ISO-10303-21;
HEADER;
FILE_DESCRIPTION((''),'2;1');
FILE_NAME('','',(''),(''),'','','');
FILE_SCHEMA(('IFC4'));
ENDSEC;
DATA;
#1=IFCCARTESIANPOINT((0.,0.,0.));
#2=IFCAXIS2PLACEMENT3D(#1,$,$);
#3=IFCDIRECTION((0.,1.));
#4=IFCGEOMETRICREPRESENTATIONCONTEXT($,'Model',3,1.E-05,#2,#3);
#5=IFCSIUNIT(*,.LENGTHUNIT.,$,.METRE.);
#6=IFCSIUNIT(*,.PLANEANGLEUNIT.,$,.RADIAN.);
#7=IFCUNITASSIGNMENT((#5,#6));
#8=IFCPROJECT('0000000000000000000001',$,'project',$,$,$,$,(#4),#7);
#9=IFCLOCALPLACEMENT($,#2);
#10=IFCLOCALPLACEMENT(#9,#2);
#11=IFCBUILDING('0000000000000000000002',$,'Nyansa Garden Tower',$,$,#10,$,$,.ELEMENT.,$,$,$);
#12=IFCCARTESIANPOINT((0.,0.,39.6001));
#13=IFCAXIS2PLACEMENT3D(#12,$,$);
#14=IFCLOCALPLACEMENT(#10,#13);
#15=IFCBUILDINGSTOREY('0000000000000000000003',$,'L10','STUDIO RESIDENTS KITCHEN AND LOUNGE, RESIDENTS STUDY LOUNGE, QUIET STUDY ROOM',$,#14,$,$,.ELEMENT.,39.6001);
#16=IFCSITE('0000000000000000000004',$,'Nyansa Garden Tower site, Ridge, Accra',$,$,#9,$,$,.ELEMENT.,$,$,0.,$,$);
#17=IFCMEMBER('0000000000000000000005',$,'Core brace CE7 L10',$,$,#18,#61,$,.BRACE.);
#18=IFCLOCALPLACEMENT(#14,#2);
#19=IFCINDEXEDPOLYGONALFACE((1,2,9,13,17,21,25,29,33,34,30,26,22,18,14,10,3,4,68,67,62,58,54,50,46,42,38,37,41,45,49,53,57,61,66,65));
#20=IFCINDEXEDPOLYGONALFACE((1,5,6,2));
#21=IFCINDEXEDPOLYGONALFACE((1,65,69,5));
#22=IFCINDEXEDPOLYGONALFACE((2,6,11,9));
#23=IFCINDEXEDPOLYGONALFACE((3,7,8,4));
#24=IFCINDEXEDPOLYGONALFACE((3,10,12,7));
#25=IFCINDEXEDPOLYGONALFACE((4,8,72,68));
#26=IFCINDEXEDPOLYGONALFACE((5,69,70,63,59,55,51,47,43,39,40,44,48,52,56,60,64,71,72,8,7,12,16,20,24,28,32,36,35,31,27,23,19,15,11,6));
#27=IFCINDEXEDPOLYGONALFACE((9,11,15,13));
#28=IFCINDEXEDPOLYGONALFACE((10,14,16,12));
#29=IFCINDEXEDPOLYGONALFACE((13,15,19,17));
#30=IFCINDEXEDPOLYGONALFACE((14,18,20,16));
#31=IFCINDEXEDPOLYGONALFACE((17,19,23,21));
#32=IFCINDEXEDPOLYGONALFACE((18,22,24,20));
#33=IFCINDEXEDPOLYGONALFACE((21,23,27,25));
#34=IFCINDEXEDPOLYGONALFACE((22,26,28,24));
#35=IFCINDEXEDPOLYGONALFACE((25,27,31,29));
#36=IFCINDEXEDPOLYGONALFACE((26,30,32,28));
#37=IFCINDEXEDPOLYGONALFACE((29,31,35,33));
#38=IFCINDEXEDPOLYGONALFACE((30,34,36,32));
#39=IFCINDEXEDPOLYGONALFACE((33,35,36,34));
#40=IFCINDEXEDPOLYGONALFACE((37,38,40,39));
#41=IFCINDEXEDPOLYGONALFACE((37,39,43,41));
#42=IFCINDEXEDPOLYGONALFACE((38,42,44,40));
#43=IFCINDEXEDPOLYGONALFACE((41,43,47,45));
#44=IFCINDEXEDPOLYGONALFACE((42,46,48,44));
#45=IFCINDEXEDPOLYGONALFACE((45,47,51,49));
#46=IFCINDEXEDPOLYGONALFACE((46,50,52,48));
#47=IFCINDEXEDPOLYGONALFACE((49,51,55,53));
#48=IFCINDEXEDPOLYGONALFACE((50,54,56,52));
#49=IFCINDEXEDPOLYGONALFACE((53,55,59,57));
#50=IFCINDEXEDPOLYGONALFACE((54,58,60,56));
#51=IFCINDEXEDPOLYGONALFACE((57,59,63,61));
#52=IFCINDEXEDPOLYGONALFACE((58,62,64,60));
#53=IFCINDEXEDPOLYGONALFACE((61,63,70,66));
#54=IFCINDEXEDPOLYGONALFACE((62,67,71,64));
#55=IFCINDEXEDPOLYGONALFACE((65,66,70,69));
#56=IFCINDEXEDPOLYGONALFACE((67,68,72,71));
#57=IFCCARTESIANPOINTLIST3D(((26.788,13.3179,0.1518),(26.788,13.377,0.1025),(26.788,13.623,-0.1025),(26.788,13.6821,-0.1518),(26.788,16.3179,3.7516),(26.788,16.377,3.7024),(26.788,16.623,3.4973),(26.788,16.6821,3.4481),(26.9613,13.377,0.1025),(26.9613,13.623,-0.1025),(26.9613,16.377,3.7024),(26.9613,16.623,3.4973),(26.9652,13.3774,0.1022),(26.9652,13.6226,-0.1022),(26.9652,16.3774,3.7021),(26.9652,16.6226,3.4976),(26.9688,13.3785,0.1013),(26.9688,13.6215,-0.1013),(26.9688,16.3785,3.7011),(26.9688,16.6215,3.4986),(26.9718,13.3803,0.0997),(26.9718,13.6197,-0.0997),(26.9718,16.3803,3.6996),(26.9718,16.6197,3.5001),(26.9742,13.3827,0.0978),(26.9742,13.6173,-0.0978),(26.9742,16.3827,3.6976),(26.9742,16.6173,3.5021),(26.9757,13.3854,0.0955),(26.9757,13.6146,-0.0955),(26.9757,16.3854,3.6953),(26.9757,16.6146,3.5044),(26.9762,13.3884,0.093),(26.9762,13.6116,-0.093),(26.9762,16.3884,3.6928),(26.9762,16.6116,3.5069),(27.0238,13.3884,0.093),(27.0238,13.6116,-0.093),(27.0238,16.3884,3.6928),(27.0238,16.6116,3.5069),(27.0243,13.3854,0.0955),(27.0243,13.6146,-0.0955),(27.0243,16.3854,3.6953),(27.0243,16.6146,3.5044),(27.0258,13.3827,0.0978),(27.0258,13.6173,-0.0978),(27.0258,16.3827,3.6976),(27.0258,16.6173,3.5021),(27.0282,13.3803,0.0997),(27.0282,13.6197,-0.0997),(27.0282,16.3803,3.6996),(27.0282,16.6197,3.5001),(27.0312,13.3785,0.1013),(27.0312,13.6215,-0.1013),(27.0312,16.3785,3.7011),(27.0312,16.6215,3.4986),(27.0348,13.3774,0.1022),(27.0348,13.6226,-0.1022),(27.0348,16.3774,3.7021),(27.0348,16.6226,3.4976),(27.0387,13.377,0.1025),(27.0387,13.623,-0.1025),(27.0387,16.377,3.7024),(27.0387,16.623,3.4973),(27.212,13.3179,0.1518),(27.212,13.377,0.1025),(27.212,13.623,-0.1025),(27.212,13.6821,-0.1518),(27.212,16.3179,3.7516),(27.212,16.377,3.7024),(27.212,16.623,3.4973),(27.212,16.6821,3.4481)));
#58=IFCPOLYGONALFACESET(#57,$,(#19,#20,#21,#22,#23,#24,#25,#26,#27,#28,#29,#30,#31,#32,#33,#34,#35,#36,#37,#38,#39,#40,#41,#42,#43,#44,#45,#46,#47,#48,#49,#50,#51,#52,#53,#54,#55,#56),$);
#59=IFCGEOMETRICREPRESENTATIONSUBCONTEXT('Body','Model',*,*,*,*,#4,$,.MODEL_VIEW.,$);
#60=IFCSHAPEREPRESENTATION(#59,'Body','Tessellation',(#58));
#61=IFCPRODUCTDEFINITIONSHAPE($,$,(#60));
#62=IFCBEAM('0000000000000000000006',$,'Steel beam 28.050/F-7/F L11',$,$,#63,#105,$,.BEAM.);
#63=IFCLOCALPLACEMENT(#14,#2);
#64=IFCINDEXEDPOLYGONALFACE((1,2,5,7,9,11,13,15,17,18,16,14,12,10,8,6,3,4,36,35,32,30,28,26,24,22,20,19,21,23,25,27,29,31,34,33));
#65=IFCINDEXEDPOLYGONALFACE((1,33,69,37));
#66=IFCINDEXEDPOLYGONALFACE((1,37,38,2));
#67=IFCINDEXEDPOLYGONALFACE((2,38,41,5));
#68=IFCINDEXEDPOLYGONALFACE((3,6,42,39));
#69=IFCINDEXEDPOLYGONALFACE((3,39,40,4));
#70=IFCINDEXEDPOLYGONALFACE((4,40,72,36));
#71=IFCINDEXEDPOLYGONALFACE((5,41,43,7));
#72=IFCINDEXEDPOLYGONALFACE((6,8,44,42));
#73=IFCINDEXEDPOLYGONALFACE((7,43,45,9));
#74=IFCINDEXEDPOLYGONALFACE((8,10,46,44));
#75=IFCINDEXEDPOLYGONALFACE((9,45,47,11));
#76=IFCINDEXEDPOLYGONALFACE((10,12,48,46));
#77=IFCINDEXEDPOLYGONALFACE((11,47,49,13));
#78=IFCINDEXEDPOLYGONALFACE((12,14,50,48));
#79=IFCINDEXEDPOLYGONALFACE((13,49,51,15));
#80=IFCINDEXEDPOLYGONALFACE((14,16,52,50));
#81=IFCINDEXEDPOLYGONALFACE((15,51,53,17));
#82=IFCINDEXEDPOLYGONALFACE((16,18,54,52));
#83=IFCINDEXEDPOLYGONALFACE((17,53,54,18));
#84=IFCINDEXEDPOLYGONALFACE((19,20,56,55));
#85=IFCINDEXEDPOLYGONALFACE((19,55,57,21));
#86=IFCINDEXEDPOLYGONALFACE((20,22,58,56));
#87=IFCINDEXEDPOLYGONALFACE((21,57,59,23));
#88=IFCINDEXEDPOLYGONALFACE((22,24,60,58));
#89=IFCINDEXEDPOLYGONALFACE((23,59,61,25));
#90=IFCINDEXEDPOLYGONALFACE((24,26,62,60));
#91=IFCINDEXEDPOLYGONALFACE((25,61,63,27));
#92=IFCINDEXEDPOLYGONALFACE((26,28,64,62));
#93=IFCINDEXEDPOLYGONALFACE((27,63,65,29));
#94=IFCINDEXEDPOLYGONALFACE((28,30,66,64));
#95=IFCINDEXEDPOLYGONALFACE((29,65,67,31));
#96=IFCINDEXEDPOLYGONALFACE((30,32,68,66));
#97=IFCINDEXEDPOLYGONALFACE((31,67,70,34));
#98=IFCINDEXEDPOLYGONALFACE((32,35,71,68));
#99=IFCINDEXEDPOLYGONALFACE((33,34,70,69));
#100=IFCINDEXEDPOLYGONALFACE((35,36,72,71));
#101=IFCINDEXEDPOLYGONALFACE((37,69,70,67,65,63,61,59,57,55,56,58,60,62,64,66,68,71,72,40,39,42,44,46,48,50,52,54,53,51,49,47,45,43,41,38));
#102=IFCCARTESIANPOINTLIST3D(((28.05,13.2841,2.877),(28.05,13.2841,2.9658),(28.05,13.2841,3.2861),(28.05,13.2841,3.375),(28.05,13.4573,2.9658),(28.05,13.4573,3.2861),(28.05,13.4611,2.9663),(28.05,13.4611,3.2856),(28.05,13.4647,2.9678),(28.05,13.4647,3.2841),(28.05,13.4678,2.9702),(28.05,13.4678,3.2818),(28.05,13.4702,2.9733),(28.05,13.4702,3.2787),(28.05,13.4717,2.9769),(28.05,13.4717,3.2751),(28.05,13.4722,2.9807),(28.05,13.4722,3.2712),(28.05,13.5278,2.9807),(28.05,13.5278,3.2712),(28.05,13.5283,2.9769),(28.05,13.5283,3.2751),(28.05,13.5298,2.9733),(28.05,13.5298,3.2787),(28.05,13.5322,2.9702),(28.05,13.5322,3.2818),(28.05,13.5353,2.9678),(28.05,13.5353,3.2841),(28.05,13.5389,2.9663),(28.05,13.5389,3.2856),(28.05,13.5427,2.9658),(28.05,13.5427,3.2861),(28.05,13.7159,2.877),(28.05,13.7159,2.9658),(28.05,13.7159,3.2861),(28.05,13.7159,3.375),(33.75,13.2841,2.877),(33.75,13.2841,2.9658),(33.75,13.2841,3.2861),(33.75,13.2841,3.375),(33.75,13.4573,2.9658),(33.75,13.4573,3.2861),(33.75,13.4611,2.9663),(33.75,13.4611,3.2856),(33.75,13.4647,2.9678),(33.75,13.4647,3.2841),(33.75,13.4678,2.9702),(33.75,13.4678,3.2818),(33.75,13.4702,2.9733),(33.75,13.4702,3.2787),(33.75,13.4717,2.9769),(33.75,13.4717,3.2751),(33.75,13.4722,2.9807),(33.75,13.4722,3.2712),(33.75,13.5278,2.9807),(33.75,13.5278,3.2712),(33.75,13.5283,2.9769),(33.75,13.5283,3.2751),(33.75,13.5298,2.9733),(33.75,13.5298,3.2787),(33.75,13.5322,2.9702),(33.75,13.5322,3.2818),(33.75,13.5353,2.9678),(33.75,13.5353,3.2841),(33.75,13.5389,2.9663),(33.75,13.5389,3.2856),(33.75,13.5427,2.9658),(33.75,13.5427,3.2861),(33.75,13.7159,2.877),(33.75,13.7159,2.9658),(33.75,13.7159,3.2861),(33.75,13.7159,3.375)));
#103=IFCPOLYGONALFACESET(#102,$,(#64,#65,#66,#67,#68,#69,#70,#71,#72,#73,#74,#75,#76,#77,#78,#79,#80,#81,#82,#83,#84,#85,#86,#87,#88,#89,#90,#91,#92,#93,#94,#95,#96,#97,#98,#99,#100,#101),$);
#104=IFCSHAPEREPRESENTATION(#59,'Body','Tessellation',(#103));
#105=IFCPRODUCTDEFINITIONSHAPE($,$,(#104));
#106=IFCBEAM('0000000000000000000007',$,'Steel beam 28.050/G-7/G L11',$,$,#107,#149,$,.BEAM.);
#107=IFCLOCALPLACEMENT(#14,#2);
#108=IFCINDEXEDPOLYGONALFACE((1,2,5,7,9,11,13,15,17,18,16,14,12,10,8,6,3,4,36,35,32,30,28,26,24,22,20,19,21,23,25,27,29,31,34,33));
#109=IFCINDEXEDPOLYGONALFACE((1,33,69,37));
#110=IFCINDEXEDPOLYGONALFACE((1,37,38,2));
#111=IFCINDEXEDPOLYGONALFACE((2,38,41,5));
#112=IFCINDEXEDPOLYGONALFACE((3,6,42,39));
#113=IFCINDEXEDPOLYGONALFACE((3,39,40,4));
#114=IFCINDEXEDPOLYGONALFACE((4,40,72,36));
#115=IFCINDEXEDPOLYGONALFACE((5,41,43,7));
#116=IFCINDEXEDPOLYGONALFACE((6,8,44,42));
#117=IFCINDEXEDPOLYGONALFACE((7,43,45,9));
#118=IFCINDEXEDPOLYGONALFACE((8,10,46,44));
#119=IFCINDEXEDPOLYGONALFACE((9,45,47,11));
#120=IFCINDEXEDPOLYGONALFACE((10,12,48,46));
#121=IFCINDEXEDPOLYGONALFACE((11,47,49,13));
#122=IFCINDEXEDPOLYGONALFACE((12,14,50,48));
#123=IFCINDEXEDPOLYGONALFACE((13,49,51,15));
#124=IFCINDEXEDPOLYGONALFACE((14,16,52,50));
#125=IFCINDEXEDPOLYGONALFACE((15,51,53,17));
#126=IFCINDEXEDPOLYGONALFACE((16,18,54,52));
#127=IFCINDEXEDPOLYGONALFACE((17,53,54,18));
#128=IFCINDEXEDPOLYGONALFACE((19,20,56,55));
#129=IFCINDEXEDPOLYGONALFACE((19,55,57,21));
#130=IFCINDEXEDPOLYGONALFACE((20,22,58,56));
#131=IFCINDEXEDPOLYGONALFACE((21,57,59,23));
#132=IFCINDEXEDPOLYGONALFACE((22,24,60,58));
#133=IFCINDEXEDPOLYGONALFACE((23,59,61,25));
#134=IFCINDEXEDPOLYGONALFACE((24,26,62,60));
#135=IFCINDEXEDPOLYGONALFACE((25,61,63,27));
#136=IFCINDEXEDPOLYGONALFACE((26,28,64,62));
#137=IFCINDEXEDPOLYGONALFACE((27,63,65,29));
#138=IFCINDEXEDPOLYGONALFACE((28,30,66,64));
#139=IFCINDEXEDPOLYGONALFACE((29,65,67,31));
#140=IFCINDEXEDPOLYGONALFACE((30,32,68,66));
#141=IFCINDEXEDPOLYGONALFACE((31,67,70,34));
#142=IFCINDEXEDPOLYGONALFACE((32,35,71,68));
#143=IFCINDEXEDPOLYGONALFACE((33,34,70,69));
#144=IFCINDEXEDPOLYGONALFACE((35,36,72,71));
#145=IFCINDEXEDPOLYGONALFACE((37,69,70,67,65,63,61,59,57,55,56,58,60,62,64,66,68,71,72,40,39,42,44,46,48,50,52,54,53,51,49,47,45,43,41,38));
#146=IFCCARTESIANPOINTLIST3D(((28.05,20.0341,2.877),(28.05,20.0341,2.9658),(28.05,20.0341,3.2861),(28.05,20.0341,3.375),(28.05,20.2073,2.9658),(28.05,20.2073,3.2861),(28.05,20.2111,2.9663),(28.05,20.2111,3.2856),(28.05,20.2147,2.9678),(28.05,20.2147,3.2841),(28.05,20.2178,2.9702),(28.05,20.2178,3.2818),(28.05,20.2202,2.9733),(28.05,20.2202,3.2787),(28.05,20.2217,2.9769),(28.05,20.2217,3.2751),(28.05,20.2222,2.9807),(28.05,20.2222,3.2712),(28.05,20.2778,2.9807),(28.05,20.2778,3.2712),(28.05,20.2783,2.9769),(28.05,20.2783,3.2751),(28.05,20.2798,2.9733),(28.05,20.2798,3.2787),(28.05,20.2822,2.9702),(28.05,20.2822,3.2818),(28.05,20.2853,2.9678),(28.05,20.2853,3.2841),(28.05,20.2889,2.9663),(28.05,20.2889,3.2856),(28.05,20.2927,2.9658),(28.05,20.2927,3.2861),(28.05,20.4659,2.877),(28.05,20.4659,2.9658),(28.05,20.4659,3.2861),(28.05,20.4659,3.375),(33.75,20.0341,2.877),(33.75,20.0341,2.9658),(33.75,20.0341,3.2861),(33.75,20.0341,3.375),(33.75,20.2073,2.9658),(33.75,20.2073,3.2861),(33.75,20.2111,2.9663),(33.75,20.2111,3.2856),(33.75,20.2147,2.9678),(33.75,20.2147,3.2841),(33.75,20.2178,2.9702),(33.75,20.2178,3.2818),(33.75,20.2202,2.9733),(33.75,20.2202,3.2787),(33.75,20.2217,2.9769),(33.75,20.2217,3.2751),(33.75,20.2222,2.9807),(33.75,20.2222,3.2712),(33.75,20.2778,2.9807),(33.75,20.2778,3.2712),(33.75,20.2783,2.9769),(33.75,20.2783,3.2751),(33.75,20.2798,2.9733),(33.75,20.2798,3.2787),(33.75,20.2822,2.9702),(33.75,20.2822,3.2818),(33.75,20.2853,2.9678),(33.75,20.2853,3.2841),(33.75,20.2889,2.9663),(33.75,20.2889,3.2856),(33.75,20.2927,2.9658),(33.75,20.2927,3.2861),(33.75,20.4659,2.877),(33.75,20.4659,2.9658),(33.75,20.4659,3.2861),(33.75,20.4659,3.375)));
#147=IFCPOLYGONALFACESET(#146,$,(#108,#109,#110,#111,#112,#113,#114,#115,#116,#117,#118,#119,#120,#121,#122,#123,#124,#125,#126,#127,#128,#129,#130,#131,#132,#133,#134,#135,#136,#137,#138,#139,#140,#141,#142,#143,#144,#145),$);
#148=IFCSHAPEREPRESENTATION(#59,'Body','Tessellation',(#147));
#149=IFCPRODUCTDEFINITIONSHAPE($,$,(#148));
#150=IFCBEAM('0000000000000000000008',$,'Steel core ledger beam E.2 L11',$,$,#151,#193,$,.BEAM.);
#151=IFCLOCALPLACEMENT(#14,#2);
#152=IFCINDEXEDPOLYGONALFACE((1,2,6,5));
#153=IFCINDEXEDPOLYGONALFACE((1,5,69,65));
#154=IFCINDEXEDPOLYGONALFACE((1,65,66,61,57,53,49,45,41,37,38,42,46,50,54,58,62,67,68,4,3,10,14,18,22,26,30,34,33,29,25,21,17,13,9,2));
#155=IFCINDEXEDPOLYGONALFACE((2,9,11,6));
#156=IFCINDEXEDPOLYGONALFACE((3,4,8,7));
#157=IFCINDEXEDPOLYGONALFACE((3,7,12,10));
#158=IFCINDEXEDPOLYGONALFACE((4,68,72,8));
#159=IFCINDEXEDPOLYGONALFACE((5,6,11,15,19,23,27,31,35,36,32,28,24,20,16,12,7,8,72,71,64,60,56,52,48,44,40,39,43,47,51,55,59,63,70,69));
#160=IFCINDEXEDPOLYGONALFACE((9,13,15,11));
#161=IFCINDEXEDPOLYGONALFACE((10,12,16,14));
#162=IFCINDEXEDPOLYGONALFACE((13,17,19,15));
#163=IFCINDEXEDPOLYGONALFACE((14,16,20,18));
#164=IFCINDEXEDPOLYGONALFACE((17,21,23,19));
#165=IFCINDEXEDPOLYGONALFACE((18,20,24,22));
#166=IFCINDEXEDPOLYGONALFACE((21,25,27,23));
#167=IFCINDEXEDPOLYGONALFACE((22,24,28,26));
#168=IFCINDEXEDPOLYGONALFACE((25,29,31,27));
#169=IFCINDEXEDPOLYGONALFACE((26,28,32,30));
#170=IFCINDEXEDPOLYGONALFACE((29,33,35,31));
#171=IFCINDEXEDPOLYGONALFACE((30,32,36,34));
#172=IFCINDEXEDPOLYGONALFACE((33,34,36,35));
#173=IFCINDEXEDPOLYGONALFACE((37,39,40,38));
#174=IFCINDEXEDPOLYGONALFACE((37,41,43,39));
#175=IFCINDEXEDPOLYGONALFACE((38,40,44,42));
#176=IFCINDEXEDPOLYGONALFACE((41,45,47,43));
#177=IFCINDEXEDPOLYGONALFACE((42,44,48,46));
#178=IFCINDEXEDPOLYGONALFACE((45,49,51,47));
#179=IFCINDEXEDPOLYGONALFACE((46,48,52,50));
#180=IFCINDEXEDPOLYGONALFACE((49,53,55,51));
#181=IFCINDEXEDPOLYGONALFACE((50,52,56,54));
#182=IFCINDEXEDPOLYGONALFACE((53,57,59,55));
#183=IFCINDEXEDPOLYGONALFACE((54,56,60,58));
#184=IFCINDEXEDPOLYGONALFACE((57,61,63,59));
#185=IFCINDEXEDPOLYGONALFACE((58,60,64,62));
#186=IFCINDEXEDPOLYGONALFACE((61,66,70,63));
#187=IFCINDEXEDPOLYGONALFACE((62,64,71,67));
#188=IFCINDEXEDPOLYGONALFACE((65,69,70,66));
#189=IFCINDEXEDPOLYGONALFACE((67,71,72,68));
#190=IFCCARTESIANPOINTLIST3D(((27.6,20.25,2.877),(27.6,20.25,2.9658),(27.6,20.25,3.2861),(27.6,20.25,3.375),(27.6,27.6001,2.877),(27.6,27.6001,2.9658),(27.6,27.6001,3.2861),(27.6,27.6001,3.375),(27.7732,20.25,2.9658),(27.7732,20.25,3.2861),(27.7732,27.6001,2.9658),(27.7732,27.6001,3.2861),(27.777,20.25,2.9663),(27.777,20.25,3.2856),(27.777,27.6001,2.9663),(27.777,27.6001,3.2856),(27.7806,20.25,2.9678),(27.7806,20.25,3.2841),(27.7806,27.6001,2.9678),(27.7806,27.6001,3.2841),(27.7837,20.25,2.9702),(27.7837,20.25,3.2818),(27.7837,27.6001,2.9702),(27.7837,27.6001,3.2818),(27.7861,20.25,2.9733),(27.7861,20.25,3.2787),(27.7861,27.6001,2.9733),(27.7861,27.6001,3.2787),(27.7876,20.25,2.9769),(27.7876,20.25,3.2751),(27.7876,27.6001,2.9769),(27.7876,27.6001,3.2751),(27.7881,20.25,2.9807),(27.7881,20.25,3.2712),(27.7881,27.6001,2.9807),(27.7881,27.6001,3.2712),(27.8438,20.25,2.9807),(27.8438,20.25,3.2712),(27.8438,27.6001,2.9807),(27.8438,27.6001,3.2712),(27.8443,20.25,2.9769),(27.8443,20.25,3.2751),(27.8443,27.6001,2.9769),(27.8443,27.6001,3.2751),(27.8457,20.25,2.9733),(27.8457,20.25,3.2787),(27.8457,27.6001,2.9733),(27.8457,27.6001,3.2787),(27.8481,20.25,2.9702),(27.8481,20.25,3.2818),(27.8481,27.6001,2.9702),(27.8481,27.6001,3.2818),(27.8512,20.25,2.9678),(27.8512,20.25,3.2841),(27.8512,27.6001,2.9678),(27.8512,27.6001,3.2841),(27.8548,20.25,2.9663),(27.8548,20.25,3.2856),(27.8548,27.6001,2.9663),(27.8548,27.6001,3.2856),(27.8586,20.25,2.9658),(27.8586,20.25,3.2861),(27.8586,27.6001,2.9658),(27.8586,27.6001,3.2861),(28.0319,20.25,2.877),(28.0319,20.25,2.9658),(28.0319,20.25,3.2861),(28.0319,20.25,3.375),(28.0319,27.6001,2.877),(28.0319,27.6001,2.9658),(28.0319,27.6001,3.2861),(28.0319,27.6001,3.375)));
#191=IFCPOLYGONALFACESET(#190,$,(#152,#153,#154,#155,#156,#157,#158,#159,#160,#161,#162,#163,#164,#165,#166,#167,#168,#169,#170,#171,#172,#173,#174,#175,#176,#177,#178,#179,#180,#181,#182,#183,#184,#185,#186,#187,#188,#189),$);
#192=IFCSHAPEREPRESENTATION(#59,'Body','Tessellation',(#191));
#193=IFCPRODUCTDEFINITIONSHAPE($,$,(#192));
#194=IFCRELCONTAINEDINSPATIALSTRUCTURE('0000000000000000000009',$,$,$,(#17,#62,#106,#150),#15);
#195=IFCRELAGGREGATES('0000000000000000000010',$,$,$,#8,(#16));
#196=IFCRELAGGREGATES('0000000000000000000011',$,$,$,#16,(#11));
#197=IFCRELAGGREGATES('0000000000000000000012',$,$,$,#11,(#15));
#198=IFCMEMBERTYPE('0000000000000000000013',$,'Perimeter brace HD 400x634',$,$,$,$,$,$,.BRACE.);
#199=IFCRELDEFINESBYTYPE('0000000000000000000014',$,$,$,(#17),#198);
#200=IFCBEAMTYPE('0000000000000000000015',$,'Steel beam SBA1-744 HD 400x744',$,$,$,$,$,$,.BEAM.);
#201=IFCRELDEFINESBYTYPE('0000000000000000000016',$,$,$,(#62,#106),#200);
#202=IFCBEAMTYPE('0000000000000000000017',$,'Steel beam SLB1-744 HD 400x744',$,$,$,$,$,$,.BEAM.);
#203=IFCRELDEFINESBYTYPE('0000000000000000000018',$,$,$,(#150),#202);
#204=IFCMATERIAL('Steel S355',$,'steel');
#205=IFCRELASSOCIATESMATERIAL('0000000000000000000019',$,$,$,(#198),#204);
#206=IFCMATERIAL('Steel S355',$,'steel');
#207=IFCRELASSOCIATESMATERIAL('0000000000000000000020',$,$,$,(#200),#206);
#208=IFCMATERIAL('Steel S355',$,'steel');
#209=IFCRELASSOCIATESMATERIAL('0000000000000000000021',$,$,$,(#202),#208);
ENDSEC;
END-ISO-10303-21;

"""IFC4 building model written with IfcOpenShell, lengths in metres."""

from ifc_helpers import new_model, si_unit, direction, frame, origin, origin_2d, place, context, subcontext, project, spatial, i_section, extrude, material, material_profile, profile_set, type_object, element, save


model = new_model("IFC4")

# Units and contexts
model_context = context("Model", 3, precision=1e-05, world=origin(), true_north=direction((0.0, 1.0)))
body_context = subcontext(model_context, "Body", "Model", "MODEL_VIEW")
ifc_project = project(units=[si_unit("LENGTHUNIT", "METRE"), si_unit("PLANEANGLEUNIT", "RADIAN")], contexts=[model_context])

# Site, building, storey
site_placement = place(None, origin())
site = spatial("IfcSite", under=ifc_project, at=site_placement, Name="Nyansa Garden Tower site, Ridge, Accra", CompositionType="ELEMENT", RefElevation=0.0)
building_placement = place(site_placement, origin())
building = spatial("IfcBuilding", under=site, at=building_placement, Name="Nyansa Garden Tower", CompositionType="ELEMENT")
storey_placement = place(building_placement, frame((0.0, 0.0, 39.6001)))
storey = spatial("IfcBuildingStorey", under=building, at=storey_placement, Name="L10", Description="STUDIO RESIDENTS KITCHEN AND LOUNGE, RESIDENTS STUDY LOUNGE, QUIET STUDY ROOM", CompositionType="ELEMENT", Elevation=39.6001)

# Member
ifc_material_1 = material(Name="Steel S355", Category="steel")
ifc_material_profile_1 = material_profile(ifc_material_1, i_section(OverallWidth=0.4241, OverallDepth=0.4741, WebThickness=0.0476, FlangeThickness=0.0769, FilletRadius=0.0149, at=origin_2d()), Name="HD 400x634")
ifc_profile_set_1 = profile_set([ifc_material_profile_1], Name="Steel S355")
member_type = type_object("IfcMemberType", Name="Perimeter brace HD 400x634", PredefinedType="BRACE", material=ifc_profile_set_1)
member_placement = place(storey_placement, frame((27.0, 13.5, 0.0), z_axis=(0.0, 0.6402, 0.768208), x_axis=(-1.0, 0.0, 0.0)))
element("IfcMember", 1, at=member_placement, inside=storey, type_object=member_type, Name="Core brace CE7 L10", PredefinedType="BRACE", context=body_context, shape_type="SweptSolid", body=[
    extrude(i_section(OverallWidth=0.4241, OverallDepth=0.4741, WebThickness=0.0476, FlangeThickness=0.0769, FilletRadius=0.0149, at=origin_2d()), origin(), (0.0, 0.0, 1.0), 4.686),
])

# Beams
ifc_material_2 = material(Name="Steel S355", Category="steel")
ifc_material_profile_2 = material_profile(ifc_material_2, i_section(OverallWidth=0.4319, OverallDepth=0.498, WebThickness=0.0557, FlangeThickness=0.0889, FilletRadius=0.0149, at=origin_2d()), Name="HD 400x744")
ifc_profile_set_2 = profile_set([ifc_material_profile_2], Name="Steel S355")
beam_type_1 = type_object("IfcBeamType", Name="Steel beam SBA1-744 HD 400x744", PredefinedType="BEAM", material=ifc_profile_set_2)
for number, where, z_axis, x_axis, name in (
    (2, (28.05, 13.5, 3.126), (1.0, 0.0, 0.0), (0.0, 1.0, 0.0), "Steel beam 28.050/F-7/F L11"),
    (3, (28.05, 20.25, 3.126), (1.0, 0.0, 0.0), (0.0, 1.0, 0.0), "Steel beam 28.050/G-7/G L11"),
):
    element("IfcBeam", number, at=place(storey_placement, frame(where, z_axis=z_axis, x_axis=x_axis)), inside=storey, type_object=beam_type_1, Name=name, PredefinedType="BEAM", context=body_context, shape_type="SweptSolid", body=[
        extrude(i_section(OverallWidth=0.4319, OverallDepth=0.498, WebThickness=0.0557, FlangeThickness=0.0889, FilletRadius=0.0149, at=origin_2d()), origin(), (0.0, 0.0, 1.0), 5.7),
    ])
ifc_material_3 = material(Name="Steel S355", Category="steel")
ifc_material_profile_3 = material_profile(ifc_material_3, i_section(OverallWidth=0.4319, OverallDepth=0.498, WebThickness=0.0557, FlangeThickness=0.0889, FilletRadius=0.0149, at=origin_2d()), Name="HD 400x744")
ifc_profile_set_3 = profile_set([ifc_material_profile_3], Name="Steel S355")
beam_type_2 = type_object("IfcBeamType", Name="Steel beam SLB1-744 HD 400x744", PredefinedType="BEAM", material=ifc_profile_set_3)
beam_1_placement = place(storey_placement, frame((27.8159, 20.25, 3.126), z_axis=(0.0, 1.0, 0.0), x_axis=(-1.0, 0.0, 0.0)))
element("IfcBeam", 4, at=beam_1_placement, inside=storey, type_object=beam_type_2, Name="Steel core ledger beam E.2 L11", PredefinedType="BEAM", context=body_context, shape_type="SweptSolid", body=[
    extrude(i_section(OverallWidth=0.4319, OverallDepth=0.498, WebThickness=0.0557, FlangeThickness=0.0889, FilletRadius=0.0149, at=origin_2d()), origin(), (0.0, 0.0, 1.0), 7.3501),
])

save(model, "model.ifc")
